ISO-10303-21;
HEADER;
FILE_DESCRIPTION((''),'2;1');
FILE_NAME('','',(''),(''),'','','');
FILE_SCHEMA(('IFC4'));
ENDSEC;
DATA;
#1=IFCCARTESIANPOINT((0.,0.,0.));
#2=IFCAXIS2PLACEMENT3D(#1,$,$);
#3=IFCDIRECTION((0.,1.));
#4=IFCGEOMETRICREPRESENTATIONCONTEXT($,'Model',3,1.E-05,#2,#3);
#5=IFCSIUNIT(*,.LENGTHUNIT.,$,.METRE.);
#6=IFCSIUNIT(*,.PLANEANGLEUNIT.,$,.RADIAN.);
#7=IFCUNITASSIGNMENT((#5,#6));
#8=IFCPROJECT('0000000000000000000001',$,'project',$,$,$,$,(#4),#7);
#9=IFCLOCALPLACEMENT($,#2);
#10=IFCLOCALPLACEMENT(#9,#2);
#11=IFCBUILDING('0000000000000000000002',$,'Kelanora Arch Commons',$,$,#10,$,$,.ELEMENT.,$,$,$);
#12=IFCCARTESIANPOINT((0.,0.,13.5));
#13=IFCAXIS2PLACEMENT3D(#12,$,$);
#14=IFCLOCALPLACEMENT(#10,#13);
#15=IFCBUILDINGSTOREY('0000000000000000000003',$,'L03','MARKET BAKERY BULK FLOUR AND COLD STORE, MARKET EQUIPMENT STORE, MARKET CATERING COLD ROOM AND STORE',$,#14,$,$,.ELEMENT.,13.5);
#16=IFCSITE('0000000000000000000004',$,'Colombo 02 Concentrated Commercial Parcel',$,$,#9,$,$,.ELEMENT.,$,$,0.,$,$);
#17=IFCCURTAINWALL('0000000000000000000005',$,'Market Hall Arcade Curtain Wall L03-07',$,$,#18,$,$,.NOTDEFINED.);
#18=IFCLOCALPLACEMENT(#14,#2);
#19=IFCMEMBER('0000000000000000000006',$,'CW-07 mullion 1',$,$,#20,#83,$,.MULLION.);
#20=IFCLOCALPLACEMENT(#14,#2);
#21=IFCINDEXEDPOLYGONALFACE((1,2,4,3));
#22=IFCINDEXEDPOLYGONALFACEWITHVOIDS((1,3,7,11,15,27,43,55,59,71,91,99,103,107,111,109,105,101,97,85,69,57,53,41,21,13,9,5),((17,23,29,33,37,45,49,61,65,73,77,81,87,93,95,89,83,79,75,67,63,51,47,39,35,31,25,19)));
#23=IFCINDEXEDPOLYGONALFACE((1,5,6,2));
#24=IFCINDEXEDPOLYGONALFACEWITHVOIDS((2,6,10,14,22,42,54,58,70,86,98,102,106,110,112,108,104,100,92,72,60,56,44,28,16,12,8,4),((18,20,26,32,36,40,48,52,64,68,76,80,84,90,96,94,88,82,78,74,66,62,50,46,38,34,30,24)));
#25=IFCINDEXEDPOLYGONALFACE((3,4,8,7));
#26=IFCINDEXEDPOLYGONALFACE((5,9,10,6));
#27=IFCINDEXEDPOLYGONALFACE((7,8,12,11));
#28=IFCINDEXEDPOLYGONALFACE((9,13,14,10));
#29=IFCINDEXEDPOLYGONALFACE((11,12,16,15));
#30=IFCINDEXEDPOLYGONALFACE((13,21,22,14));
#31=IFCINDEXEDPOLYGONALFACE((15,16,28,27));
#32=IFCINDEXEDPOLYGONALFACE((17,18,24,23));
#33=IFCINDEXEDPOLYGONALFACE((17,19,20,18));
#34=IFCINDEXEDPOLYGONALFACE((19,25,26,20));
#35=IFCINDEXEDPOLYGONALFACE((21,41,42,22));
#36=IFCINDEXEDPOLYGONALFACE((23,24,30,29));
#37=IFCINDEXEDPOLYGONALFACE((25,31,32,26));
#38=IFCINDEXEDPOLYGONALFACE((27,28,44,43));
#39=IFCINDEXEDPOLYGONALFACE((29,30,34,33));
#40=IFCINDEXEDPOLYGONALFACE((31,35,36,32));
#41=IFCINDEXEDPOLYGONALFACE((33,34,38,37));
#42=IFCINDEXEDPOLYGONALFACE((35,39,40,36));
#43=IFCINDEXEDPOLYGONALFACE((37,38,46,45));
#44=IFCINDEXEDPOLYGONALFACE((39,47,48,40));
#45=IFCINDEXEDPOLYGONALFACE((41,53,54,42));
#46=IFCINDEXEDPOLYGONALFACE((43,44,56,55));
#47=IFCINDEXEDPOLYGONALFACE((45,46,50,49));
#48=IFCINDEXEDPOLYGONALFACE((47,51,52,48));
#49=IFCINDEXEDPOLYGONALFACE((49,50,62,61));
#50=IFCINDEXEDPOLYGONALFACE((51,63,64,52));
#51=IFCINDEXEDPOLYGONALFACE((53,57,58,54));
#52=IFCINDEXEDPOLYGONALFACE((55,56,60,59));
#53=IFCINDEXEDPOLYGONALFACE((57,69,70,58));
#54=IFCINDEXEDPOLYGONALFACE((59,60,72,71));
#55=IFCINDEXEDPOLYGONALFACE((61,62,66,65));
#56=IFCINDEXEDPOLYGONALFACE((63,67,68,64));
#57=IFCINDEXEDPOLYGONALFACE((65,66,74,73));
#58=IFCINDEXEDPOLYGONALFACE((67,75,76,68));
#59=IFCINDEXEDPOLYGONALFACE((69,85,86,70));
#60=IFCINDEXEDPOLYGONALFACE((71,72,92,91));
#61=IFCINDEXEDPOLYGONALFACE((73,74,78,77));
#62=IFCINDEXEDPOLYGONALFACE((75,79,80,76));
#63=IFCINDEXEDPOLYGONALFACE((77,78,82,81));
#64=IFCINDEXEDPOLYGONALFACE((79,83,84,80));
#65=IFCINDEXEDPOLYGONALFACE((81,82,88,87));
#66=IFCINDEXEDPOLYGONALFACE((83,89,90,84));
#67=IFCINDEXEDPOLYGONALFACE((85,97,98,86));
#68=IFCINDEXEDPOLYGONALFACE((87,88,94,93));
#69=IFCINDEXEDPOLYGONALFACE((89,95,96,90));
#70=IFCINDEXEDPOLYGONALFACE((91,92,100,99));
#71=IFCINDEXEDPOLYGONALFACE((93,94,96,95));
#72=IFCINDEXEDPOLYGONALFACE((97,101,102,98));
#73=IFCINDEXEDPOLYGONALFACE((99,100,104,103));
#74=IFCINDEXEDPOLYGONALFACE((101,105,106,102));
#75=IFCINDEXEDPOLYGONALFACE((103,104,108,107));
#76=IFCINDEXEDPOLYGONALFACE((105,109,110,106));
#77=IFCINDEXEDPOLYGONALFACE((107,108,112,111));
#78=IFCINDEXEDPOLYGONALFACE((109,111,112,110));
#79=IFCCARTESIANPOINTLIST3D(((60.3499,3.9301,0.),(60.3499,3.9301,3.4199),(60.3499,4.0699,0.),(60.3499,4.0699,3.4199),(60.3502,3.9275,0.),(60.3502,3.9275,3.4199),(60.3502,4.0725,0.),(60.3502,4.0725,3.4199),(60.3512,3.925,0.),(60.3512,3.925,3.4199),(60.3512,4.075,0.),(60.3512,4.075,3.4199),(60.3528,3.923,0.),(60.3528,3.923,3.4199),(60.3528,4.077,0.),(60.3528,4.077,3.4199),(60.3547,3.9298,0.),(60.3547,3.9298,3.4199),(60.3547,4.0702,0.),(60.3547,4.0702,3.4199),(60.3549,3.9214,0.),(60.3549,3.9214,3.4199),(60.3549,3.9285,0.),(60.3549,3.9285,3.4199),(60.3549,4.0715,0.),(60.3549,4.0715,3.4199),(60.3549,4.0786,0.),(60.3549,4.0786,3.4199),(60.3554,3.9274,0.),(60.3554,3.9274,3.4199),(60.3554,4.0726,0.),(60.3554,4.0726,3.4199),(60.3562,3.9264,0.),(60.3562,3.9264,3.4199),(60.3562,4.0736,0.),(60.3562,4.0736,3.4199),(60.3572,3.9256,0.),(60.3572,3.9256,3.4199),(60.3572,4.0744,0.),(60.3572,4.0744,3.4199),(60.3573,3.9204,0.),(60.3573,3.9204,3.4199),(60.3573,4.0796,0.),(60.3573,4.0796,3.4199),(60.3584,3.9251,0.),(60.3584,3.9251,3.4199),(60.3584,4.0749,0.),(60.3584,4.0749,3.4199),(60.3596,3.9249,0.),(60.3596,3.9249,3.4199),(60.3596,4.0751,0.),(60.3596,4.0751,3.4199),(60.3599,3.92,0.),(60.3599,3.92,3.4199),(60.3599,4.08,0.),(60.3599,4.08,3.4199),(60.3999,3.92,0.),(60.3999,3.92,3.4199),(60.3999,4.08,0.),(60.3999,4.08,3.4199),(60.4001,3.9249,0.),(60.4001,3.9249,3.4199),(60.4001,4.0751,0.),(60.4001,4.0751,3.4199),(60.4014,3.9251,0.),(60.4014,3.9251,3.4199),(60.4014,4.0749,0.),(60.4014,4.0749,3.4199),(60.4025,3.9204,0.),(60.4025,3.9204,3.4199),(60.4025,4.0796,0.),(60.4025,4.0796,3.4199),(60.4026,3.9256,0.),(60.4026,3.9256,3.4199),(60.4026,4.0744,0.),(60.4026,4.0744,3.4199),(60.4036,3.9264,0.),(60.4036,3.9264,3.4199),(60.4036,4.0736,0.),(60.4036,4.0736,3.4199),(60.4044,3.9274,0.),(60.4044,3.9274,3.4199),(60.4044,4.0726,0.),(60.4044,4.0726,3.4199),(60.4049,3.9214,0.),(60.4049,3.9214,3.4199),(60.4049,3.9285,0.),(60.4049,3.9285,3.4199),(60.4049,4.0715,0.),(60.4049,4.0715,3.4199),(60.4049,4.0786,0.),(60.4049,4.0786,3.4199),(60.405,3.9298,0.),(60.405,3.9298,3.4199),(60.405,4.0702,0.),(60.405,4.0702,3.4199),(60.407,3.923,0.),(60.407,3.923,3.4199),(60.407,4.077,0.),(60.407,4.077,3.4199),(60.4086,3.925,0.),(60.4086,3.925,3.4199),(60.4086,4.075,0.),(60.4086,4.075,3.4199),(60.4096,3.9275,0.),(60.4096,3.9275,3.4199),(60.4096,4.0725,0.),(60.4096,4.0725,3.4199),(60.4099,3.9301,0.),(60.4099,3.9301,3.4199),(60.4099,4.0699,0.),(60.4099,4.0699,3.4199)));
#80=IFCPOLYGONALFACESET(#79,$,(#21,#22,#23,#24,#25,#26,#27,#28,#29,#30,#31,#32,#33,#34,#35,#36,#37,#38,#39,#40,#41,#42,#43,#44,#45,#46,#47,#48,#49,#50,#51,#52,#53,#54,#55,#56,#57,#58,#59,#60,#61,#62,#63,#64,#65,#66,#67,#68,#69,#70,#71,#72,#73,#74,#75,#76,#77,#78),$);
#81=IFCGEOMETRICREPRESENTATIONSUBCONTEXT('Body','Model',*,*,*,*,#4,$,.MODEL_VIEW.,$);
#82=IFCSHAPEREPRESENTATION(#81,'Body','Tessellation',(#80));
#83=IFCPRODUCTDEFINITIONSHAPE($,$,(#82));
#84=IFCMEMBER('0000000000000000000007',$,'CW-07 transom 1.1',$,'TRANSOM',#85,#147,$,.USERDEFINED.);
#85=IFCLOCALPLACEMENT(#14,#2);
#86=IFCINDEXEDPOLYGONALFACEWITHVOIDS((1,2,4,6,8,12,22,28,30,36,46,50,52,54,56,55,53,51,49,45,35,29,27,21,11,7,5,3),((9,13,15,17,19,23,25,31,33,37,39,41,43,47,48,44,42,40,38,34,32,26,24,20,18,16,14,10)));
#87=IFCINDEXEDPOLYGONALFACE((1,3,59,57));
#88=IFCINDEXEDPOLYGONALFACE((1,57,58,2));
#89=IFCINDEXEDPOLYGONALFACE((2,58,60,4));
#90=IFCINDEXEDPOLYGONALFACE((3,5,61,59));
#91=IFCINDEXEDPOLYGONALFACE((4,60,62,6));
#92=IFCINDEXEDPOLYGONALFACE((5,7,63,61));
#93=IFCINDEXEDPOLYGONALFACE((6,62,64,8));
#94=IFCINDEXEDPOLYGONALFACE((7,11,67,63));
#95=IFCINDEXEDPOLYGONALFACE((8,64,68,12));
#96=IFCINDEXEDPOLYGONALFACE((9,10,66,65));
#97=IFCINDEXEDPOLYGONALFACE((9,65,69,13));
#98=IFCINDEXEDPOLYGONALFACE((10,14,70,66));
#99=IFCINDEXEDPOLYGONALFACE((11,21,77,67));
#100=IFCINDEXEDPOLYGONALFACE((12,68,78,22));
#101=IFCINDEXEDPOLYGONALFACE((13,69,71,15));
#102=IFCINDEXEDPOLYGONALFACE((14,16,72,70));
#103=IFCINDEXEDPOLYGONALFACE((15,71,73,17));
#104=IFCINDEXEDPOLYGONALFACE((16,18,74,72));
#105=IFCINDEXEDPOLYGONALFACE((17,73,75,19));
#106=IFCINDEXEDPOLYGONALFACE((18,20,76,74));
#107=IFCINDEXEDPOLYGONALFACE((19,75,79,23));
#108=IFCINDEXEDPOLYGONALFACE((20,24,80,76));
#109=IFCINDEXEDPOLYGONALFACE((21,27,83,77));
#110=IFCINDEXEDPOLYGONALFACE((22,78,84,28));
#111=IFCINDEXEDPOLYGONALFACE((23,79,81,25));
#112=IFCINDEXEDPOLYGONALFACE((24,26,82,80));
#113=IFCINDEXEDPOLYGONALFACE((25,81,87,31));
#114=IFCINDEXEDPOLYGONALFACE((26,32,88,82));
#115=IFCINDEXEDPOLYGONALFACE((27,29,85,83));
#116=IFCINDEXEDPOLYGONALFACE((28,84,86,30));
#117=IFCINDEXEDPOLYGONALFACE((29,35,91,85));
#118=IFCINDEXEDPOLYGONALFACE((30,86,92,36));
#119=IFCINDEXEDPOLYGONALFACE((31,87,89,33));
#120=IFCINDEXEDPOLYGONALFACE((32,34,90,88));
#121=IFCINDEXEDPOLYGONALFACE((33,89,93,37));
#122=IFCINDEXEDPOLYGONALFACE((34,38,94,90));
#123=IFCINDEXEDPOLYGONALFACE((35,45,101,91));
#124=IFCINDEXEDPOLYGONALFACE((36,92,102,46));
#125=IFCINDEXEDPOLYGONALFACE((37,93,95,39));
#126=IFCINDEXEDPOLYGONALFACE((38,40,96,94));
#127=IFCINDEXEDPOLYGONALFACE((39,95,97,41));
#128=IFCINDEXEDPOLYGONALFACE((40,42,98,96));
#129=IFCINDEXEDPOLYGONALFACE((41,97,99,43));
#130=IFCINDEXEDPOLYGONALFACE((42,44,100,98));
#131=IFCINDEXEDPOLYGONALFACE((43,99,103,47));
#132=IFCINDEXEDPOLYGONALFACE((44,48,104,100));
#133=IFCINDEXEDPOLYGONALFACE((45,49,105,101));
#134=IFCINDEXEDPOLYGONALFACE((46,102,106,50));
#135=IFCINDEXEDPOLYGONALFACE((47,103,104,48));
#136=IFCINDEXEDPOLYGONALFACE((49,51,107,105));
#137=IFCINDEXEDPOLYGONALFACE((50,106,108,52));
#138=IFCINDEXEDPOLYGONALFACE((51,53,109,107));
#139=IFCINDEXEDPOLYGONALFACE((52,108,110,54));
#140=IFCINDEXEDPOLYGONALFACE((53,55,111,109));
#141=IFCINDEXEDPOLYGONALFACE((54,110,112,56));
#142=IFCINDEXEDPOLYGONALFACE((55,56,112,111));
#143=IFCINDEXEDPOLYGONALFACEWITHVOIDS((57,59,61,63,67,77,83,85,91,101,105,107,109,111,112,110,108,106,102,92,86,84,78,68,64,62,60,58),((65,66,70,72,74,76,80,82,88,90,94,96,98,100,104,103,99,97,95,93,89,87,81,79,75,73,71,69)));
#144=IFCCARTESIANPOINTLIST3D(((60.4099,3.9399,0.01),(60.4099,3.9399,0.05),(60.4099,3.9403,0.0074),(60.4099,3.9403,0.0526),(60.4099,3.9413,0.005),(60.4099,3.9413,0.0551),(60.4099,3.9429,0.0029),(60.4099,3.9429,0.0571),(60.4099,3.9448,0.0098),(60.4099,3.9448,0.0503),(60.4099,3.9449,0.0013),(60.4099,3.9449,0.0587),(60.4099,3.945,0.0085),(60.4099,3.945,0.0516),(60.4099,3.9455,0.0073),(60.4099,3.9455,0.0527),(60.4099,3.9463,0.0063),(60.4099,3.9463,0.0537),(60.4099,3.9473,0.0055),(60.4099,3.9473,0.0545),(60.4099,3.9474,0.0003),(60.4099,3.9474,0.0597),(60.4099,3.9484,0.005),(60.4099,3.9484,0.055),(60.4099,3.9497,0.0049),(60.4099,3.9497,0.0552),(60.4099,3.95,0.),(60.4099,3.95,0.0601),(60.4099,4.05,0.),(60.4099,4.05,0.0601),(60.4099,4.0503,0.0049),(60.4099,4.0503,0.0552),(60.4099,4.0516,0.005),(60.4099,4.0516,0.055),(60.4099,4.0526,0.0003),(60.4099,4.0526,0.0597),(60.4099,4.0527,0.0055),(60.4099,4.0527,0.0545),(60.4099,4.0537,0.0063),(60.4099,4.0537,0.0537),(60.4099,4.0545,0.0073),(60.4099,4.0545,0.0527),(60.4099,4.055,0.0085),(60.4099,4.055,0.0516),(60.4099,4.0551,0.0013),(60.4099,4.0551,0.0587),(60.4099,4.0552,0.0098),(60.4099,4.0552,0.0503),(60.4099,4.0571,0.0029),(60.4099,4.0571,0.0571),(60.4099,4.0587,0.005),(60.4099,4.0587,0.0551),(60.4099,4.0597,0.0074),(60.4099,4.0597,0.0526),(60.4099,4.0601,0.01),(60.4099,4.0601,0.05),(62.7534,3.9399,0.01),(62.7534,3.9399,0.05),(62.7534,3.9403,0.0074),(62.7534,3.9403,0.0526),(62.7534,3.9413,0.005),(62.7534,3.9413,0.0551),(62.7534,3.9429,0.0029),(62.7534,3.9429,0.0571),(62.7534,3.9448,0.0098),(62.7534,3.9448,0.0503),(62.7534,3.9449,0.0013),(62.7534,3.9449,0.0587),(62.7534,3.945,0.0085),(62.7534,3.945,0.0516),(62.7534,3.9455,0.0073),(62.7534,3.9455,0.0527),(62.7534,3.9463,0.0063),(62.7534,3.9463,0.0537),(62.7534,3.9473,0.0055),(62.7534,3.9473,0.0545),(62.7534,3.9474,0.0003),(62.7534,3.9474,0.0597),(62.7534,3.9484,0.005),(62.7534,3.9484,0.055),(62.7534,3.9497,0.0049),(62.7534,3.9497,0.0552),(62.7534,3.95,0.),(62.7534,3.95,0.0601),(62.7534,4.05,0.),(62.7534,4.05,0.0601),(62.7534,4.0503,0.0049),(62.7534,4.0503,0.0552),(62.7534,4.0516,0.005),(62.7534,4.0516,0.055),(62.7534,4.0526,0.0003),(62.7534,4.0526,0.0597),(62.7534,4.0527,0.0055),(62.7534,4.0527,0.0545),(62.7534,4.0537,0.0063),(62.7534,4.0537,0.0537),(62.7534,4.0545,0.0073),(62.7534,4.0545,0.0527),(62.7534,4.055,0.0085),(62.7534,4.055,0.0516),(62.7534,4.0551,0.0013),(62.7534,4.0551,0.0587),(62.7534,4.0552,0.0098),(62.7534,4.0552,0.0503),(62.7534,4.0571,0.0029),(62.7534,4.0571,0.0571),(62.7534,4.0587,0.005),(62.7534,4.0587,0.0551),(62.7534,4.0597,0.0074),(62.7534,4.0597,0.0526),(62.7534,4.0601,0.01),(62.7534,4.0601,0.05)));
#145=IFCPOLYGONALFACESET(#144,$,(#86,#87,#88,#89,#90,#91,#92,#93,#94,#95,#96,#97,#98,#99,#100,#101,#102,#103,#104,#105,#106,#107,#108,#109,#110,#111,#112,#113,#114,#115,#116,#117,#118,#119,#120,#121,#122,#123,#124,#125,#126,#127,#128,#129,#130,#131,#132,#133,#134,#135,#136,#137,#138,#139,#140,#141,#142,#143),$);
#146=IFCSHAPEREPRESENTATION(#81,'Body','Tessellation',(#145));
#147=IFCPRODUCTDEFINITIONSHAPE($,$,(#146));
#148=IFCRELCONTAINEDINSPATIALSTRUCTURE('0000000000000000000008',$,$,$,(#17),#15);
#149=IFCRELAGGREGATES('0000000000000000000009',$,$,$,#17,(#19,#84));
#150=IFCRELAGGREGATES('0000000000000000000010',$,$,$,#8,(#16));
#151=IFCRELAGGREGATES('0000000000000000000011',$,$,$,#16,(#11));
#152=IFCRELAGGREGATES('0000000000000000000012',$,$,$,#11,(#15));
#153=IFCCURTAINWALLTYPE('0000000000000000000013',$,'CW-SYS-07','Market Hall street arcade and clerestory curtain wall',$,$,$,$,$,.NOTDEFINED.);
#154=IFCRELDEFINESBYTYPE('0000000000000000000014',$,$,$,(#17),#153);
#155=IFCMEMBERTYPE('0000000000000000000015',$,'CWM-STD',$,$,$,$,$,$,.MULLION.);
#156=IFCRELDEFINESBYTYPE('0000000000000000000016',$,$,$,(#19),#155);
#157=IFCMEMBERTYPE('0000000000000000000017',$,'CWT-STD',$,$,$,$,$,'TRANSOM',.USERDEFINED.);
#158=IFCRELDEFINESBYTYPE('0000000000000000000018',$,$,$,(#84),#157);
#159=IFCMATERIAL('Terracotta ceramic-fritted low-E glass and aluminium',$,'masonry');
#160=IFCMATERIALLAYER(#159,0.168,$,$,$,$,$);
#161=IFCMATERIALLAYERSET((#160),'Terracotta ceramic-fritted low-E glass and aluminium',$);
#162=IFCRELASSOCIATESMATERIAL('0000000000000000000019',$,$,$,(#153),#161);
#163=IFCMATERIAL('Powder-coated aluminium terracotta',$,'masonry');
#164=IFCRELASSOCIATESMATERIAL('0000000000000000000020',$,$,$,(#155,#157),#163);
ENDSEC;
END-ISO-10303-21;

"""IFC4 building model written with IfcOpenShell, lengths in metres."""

from ifc_helpers import new_model, si_unit, direction, frame, origin, origin_2d, place, context, subcontext, project, spatial, hollow_rectangle, extrude, material, layer, layer_set, material_profile, profile_set, type_object, element, aggregate, save


model = new_model("IFC4")

# Units and contexts
model_context = context("Model", 3, precision=1e-05, world=origin(), true_north=direction((0.0, 1.0)))
body_context = subcontext(model_context, "Body", "Model", "MODEL_VIEW")
ifc_project = project(units=[si_unit("LENGTHUNIT", "METRE"), si_unit("PLANEANGLEUNIT", "RADIAN")], contexts=[model_context])

# Site, building, storey
site_placement = place(None, origin())
site = spatial("IfcSite", under=ifc_project, at=site_placement, Name="Colombo 02 Concentrated Commercial Parcel", CompositionType="ELEMENT", RefElevation=0.0)
building_placement = place(site_placement, origin())
building = spatial("IfcBuilding", under=site, at=building_placement, Name="Kelanora Arch Commons", CompositionType="ELEMENT")
storey_placement = place(building_placement, frame((0.0, 0.0, 13.5)))
storey = spatial("IfcBuildingStorey", under=building, at=storey_placement, Name="L03", Description="MARKET BAKERY BULK FLOUR AND COLD STORE, MARKET EQUIPMENT STORE, MARKET CATERING COLD ROOM AND STORE", CompositionType="ELEMENT", Elevation=13.5)

# Curtain wall, members
ifc_material_1 = material(Name="Terracotta ceramic-fritted low-E glass and aluminium", Category="masonry")
ifc_layer_1 = layer(ifc_material_1, 0.168)
ifc_layer_set_1 = layer_set([ifc_layer_1], Name="Terracotta ceramic-fritted low-E glass and aluminium")
curtain_wall_type = type_object("IfcCurtainWallType", Name="CW-SYS-07", Description="Market Hall street arcade and clerestory curtain wall", PredefinedType="NOTDEFINED", material=ifc_layer_set_1)
curtain_wall_placement = place(storey_placement, origin())
curtain_wall = element("IfcCurtainWall", 1, at=curtain_wall_placement, inside=storey, type_object=curtain_wall_type, Name="Market Hall Arcade Curtain Wall L03-07", PredefinedType="NOTDEFINED")
ifc_material_2 = material(Name="Powder-coated aluminium terracotta", Category="masonry")
ifc_material_profile_1 = material_profile(ifc_material_2, hollow_rectangle(XDim=0.1599, YDim=0.0601, WallThickness=0.0049, InnerFilletRadius=0.0049, OuterFilletRadius=0.01, at=origin_2d()), Name="CWM160x60")
ifc_profile_set_1 = profile_set([ifc_material_profile_1], Name="Powder-coated aluminium terracotta")
member_type_1 = type_object("IfcMemberType", Name="CWM-STD", PredefinedType="MULLION", material=ifc_profile_set_1)
member_1_placement = place(storey_placement, frame((60.3799, 4.0, 0.0), z_axis=(0.0, 0.0, 1.0), x_axis=(0.0, 1.0, 0.0)))
member_1 = element("IfcMember", 2, at=member_1_placement, type_object=member_type_1, Name="CW-07 mullion 1", PredefinedType="MULLION", context=body_context, shape_type="SweptSolid", body=[
    extrude(hollow_rectangle(XDim=0.1599, YDim=0.0601, WallThickness=0.0049, InnerFilletRadius=0.0049, OuterFilletRadius=0.01, at=origin_2d()), origin(), (0.0, 0.0, 1.0), 3.4199),
])
ifc_material_profile_2 = material_profile(ifc_material_2, hollow_rectangle(XDim=0.1201, YDim=0.0601, WallThickness=0.0049, InnerFilletRadius=0.0049, OuterFilletRadius=0.01, at=origin_2d()), Name="CWT120x60")
ifc_profile_set_2 = profile_set([ifc_material_profile_2], Name="Powder-coated aluminium terracotta")
member_type_2 = type_object("IfcMemberType", Name="CWT-STD", ElementType="TRANSOM", PredefinedType="USERDEFINED", material=ifc_profile_set_2)
member_2_placement = place(storey_placement, frame((60.4099, 4.0, 0.03), z_axis=(1.0, 0.0, 0.0), x_axis=(0.0, 1.0, 0.0)))
member_2 = element("IfcMember", 3, at=member_2_placement, type_object=member_type_2, Name="CW-07 transom 1.1", ObjectType="TRANSOM", PredefinedType="USERDEFINED", context=body_context, shape_type="SweptSolid", body=[
    extrude(hollow_rectangle(XDim=0.1201, YDim=0.0601, WallThickness=0.0049, InnerFilletRadius=0.0049, OuterFilletRadius=0.01, at=origin_2d()), origin(), (0.0, 0.0, 1.0), 2.3435),
])
aggregate(curtain_wall, [member_1, member_2])

save(model, "model.ifc")
